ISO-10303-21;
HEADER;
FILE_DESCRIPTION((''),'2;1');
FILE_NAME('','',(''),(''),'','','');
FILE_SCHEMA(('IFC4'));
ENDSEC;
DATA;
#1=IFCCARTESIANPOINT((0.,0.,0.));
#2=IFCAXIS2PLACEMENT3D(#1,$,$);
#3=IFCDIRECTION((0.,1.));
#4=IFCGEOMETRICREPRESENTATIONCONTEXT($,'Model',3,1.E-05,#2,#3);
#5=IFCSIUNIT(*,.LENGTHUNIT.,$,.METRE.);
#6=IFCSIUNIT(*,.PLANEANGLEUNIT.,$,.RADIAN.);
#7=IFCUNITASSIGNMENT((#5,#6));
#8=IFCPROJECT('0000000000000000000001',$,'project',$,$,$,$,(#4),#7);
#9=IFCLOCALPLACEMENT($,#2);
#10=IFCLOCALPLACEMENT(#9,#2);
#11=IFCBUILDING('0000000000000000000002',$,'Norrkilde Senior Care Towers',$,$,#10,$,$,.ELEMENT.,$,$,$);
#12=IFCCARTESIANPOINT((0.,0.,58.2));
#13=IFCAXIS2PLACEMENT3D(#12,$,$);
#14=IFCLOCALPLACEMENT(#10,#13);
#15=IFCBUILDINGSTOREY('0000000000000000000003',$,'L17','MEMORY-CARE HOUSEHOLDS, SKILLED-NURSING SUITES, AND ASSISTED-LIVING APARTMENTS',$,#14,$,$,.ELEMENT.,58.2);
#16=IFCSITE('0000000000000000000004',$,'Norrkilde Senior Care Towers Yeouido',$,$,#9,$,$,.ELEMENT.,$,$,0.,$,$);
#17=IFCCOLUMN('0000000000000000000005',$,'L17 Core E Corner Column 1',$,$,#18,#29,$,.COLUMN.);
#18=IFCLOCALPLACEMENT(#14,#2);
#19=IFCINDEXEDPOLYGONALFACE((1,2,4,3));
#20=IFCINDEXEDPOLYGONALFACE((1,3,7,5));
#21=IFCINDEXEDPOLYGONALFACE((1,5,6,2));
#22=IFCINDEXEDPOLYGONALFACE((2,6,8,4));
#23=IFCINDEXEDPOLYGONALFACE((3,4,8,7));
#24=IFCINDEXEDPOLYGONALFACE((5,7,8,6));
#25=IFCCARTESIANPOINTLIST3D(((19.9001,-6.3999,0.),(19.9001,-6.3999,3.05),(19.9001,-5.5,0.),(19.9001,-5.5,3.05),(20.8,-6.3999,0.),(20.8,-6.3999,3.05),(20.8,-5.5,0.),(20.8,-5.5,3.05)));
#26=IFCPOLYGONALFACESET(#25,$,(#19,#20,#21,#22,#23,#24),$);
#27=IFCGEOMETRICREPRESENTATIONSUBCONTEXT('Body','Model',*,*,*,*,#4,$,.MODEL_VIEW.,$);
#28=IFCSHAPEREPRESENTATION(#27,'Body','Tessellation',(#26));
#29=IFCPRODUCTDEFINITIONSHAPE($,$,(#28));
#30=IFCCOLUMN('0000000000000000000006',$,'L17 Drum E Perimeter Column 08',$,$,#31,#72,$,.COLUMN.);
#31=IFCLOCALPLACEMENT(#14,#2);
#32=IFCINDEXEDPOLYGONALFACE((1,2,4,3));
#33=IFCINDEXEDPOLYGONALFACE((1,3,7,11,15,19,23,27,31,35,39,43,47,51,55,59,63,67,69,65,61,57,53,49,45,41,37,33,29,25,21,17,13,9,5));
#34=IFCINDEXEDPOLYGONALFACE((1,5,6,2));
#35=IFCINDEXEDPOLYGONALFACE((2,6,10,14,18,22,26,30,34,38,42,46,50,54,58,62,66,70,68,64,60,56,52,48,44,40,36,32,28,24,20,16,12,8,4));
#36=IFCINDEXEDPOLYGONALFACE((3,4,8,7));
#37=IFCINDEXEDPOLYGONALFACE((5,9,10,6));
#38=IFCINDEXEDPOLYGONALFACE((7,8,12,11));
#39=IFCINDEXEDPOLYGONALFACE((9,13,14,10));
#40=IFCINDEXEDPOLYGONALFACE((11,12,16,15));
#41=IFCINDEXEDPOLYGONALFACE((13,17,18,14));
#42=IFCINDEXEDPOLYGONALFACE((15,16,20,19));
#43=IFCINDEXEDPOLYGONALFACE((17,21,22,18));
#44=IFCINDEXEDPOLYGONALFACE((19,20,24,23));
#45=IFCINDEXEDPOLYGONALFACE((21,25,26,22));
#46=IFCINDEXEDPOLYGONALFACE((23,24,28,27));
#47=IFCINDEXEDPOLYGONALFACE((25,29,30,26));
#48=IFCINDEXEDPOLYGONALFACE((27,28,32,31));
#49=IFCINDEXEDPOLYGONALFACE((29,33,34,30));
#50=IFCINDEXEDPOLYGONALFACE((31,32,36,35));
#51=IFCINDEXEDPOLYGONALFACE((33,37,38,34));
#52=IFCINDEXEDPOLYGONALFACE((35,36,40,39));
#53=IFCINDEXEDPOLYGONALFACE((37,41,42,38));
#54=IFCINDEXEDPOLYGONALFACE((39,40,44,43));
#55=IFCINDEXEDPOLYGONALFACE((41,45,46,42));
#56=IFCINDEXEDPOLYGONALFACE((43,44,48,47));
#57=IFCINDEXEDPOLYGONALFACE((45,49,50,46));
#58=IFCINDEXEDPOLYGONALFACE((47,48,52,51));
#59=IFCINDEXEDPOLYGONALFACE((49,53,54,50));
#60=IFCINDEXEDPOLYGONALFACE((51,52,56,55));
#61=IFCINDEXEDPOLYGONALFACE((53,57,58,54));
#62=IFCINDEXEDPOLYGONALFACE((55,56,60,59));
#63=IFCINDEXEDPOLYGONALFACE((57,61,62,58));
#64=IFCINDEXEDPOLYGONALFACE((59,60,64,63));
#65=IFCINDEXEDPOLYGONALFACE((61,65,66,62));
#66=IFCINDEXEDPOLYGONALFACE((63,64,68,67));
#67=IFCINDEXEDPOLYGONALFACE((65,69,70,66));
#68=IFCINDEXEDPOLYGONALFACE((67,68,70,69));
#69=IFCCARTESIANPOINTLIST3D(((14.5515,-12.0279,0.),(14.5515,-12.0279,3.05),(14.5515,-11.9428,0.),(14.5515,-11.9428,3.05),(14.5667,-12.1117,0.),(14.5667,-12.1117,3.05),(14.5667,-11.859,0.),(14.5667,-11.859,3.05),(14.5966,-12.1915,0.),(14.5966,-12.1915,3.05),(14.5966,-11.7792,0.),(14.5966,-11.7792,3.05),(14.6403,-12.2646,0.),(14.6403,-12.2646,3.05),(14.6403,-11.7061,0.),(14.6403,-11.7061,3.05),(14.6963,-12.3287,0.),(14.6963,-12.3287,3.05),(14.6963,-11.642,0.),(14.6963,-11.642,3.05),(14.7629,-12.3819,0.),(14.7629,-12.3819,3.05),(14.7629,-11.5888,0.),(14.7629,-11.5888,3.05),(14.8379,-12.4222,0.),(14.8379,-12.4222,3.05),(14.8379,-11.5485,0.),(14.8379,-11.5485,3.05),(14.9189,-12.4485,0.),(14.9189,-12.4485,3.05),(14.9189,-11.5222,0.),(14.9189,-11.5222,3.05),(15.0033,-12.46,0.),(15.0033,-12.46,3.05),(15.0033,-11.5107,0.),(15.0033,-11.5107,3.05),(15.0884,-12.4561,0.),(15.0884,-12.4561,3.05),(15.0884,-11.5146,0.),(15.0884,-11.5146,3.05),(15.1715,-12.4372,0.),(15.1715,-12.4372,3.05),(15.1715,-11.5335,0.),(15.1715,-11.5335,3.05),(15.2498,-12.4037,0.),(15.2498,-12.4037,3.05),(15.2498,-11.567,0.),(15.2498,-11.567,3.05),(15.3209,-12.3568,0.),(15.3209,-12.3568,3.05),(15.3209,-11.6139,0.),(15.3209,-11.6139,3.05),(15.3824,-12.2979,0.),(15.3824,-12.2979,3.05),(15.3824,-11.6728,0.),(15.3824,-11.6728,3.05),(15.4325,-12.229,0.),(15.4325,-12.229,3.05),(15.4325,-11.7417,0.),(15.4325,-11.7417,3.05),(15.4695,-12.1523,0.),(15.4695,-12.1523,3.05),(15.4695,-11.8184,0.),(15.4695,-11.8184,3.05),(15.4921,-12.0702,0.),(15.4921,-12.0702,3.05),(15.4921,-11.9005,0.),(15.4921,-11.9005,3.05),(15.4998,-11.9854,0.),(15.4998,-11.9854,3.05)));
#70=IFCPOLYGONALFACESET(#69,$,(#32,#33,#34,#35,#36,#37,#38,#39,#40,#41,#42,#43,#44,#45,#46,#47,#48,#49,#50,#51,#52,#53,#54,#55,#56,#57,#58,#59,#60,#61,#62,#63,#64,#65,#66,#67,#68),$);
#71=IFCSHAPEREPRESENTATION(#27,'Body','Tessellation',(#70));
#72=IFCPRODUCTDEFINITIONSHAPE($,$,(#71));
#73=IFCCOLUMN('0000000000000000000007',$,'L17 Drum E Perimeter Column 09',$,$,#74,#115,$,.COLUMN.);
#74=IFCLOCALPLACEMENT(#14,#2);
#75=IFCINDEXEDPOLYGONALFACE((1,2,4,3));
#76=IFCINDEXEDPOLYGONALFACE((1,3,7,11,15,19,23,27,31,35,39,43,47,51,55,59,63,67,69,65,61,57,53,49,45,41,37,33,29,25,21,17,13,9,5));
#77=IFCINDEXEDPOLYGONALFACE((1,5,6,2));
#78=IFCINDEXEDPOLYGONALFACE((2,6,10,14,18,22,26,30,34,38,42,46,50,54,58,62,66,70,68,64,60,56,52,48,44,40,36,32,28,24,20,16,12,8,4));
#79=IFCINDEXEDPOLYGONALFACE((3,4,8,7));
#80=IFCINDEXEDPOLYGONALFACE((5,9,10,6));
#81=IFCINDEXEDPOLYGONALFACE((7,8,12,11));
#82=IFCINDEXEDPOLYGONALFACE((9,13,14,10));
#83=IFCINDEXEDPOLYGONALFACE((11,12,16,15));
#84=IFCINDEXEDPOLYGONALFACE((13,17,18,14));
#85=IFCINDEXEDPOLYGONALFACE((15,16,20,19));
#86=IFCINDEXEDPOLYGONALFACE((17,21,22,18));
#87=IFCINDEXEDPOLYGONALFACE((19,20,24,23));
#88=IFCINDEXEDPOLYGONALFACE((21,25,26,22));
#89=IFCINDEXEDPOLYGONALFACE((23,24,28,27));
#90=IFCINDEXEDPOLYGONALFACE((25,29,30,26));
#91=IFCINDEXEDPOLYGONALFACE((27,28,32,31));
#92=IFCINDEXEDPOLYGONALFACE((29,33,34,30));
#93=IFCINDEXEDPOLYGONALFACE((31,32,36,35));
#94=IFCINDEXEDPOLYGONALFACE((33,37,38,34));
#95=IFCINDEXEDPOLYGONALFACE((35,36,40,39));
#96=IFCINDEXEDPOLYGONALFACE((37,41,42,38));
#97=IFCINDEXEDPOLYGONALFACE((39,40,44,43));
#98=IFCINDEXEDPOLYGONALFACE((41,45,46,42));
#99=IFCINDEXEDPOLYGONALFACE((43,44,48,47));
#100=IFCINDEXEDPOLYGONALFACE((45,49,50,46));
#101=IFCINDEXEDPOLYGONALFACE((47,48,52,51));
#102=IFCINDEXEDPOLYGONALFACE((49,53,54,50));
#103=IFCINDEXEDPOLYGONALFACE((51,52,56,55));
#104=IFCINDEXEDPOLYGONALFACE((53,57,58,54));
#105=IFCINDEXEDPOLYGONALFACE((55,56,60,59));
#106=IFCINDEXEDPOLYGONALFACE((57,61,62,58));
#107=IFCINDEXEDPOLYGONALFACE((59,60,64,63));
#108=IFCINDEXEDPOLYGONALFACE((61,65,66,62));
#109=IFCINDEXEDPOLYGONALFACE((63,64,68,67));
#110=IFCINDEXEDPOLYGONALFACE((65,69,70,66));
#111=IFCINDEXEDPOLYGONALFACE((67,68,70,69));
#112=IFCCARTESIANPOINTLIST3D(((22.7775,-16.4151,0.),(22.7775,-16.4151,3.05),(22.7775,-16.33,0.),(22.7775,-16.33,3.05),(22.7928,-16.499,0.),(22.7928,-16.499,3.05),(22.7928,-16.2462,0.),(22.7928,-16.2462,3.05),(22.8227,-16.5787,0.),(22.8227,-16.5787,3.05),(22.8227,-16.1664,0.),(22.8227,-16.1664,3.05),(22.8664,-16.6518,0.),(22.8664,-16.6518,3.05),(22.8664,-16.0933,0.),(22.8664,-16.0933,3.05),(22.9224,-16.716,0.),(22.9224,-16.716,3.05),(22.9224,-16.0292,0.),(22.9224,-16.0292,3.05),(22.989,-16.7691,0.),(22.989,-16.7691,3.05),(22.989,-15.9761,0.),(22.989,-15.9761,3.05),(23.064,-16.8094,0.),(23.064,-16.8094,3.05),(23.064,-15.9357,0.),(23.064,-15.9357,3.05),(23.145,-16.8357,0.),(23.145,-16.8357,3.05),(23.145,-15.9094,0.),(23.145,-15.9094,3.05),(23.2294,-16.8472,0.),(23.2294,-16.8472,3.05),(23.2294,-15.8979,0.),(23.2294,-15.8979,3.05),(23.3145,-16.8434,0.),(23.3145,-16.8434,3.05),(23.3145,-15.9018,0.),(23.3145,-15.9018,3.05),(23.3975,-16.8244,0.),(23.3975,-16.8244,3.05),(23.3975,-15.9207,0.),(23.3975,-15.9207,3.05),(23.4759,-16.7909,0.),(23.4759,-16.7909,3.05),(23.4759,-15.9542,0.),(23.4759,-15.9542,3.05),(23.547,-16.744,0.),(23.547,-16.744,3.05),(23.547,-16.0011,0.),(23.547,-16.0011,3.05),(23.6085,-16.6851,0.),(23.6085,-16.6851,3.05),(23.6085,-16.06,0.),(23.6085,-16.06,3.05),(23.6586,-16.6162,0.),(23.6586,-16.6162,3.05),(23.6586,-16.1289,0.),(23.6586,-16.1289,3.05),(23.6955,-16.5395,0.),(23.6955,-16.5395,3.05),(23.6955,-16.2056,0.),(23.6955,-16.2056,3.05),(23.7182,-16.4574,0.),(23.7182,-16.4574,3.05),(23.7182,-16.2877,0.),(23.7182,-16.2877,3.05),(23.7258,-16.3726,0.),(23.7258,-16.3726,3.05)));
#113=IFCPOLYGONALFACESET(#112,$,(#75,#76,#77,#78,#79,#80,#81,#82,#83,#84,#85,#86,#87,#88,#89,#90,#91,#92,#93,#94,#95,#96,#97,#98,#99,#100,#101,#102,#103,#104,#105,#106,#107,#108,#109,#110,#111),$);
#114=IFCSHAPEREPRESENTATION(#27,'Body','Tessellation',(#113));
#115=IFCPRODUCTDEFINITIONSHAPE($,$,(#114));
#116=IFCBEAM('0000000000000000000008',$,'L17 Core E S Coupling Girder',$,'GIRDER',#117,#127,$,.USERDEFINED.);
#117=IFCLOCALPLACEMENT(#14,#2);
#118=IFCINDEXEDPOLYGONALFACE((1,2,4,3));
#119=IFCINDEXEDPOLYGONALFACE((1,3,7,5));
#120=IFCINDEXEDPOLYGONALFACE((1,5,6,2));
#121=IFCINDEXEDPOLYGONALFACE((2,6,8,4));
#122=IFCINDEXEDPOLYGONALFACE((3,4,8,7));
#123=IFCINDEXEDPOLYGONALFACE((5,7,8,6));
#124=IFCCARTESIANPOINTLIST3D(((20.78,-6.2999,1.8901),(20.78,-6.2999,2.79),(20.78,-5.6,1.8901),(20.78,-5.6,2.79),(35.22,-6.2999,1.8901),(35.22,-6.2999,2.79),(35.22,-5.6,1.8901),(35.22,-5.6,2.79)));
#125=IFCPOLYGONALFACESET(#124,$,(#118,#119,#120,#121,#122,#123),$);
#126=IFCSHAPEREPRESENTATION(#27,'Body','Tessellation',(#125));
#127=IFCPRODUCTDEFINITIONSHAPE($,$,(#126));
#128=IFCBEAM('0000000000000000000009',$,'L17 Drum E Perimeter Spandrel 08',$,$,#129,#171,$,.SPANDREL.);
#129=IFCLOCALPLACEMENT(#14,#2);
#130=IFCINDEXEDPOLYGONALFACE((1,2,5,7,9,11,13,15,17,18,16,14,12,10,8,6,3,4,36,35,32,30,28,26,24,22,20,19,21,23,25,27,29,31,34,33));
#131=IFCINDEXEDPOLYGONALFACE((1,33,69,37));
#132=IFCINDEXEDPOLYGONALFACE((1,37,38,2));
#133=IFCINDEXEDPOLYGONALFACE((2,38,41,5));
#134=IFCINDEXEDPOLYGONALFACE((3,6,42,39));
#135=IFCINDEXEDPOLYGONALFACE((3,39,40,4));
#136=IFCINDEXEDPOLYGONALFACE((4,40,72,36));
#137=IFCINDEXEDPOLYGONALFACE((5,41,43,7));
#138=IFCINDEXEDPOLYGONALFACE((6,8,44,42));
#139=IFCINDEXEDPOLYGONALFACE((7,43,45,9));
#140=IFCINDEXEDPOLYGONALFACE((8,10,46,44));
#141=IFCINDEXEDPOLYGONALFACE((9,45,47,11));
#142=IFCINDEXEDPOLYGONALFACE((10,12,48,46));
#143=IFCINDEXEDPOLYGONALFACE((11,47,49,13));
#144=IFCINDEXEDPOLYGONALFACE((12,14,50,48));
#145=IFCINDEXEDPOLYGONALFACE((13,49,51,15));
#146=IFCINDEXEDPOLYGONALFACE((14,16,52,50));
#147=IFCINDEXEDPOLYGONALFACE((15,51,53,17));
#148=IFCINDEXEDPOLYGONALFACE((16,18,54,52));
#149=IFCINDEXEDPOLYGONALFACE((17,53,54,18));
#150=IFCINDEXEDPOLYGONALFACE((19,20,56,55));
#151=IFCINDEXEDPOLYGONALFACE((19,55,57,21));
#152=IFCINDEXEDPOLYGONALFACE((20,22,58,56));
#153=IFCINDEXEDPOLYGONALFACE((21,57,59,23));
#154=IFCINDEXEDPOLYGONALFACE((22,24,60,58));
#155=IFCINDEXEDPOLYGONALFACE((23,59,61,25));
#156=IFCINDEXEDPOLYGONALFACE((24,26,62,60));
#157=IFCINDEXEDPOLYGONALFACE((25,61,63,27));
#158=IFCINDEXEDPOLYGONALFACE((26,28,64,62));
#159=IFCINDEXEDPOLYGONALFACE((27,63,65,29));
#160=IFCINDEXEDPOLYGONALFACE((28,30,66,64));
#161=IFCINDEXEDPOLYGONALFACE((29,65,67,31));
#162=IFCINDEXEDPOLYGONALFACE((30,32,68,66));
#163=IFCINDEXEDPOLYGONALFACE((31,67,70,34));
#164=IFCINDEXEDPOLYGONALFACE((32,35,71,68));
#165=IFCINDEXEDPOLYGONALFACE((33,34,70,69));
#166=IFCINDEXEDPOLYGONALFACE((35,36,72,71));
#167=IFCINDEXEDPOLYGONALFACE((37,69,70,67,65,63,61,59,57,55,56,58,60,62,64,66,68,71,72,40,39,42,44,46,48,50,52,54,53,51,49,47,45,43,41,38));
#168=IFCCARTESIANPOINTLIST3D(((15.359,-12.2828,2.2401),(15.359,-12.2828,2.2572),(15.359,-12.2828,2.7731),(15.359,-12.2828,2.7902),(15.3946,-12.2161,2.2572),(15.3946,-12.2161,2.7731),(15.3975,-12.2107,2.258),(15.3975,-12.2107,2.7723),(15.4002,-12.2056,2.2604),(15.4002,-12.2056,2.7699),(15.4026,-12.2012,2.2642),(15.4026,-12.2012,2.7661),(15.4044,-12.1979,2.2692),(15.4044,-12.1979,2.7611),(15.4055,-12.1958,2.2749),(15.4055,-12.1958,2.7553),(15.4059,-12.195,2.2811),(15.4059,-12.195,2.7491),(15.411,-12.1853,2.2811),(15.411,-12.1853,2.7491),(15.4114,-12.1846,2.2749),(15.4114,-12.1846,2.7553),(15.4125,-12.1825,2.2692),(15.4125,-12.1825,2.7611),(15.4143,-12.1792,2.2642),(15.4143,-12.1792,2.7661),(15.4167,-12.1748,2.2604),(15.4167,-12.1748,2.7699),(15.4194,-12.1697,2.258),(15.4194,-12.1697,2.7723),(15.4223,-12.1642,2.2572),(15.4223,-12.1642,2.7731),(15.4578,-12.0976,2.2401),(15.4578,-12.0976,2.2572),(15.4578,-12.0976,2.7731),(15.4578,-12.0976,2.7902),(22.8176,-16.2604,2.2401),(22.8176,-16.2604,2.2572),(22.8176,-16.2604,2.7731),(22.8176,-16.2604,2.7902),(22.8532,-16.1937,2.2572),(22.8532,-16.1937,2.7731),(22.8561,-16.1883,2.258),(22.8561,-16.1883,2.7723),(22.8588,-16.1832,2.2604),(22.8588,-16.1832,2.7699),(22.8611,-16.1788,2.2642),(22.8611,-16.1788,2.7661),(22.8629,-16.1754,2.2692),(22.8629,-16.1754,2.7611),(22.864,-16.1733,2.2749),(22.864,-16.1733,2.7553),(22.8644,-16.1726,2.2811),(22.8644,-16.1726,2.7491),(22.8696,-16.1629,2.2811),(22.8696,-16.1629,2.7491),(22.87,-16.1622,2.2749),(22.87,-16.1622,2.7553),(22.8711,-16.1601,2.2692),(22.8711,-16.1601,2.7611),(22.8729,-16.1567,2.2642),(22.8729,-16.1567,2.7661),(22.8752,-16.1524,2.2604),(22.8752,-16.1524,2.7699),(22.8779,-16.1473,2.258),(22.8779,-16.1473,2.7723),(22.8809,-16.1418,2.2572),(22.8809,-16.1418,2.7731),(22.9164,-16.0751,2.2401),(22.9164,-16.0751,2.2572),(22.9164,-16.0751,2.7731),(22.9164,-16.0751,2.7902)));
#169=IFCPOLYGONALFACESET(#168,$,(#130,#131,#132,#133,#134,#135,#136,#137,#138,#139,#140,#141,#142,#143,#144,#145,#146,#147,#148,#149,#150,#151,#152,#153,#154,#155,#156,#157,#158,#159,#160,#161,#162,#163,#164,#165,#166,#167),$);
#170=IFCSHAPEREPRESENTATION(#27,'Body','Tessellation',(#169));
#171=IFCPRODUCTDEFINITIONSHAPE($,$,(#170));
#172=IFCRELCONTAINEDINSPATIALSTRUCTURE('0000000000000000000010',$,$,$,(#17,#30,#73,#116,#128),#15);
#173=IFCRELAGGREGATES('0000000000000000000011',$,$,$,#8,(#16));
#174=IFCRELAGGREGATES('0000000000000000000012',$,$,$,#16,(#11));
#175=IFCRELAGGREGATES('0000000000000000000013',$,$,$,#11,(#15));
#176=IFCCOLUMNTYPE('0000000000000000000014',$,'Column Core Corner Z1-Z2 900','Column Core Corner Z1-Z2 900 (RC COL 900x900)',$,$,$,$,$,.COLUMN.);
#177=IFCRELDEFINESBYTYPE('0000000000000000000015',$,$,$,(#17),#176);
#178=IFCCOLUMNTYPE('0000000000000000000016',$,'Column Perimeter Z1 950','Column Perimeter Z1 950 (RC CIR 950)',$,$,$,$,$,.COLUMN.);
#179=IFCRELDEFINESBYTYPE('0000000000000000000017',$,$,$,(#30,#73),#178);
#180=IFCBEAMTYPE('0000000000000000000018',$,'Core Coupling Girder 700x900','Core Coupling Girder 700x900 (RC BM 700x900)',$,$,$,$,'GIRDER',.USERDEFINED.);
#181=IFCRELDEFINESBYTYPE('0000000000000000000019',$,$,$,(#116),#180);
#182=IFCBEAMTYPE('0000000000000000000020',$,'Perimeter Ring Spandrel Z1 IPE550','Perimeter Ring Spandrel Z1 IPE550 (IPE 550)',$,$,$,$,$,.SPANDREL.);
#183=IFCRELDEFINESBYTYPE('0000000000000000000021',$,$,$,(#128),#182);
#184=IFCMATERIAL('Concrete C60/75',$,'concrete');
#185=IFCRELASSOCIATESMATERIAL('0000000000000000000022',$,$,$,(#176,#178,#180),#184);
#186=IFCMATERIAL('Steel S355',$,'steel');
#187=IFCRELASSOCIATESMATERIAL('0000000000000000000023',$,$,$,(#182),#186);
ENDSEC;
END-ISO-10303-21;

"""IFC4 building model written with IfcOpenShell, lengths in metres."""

from ifc_helpers import new_model, si_unit, direction, frame, origin, origin_2d, place, context, subcontext, project, spatial, rectangle, circle, i_section, extrude, source, transform, mapped, material, material_profile, profile_set, type_object, type_shapes, element, save


model = new_model("IFC4")

# Units and contexts
model_context = context("Model", 3, precision=1e-05, world=origin(), true_north=direction((0.0, 1.0)))
body_context = subcontext(model_context, "Body", "Model", "MODEL_VIEW")
ifc_project = project(units=[si_unit("LENGTHUNIT", "METRE"), si_unit("PLANEANGLEUNIT", "RADIAN")], contexts=[model_context])

# Site, building, storey
site_placement = place(None, origin())
site = spatial("IfcSite", under=ifc_project, at=site_placement, Name="Norrkilde Senior Care Towers Yeouido", CompositionType="ELEMENT", RefElevation=0.0)
building_placement = place(site_placement, origin())
building = spatial("IfcBuilding", under=site, at=building_placement, Name="Norrkilde Senior Care Towers", CompositionType="ELEMENT")
storey_placement = place(building_placement, frame((0.0, 0.0, 58.2)))
storey = spatial("IfcBuildingStorey", under=building, at=storey_placement, Name="L17", Description="MEMORY-CARE HOUSEHOLDS, SKILLED-NURSING SUITES, AND ASSISTED-LIVING APARTMENTS", CompositionType="ELEMENT", Elevation=58.2)

# Columns
ifc_material_1 = material(Name="Concrete C60/75", Category="concrete")
ifc_material_profile_1 = material_profile(ifc_material_1, rectangle(XDim=0.8999, YDim=0.8999, at=origin_2d()), Name="RC COL 900x900")
ifc_profile_set_1 = profile_set([ifc_material_profile_1], Name="Concrete C60/75")
column_type_1 = type_object("IfcColumnType", Name="Column Core Corner Z1-Z2 900", Description="Column Core Corner Z1-Z2 900 (RC COL 900x900)", PredefinedType="COLUMN", material=ifc_profile_set_1)
shared_shape_1 = source(origin(), body_context, "Body", "SweptSolid", [
    extrude(rectangle(XDim=0.8999, YDim=0.8999, at=origin_2d()), origin(), (0.0, 0.0, 1.0), 3.05),
])
type_shapes(column_type_1, [shared_shape_1])
column_placement = place(storey_placement, frame((20.3501, -5.95, 0.0), z_axis=(0.0, 0.0, 1.0), x_axis=(1.0, 0.0, 0.0)))
element("IfcColumn", 1, at=column_placement, inside=storey, type_object=column_type_1, Name="L17 Core E Corner Column 1", PredefinedType="COLUMN", context=body_context, shape_type="MappedRepresentation", body=[
    mapped(shared_shape_1, transform((0.0, 0.0, 0.0), x_axis=(1.0, 0.0, 0.0), y_axis=(0.0, 1.0, 0.0), z_axis=(0.0, 0.0, 1.0), scale=1.0)),
])
ifc_material_profile_2 = material_profile(ifc_material_1, circle(Radius=0.4751, at=origin_2d()), Name="RC CIR 950")
ifc_profile_set_2 = profile_set([ifc_material_profile_2], Name="Concrete C60/75")
column_type_2 = type_object("IfcColumnType", Name="Column Perimeter Z1 950", Description="Column Perimeter Z1 950 (RC CIR 950)", PredefinedType="COLUMN", material=ifc_profile_set_2)
shared_shape_2 = source(origin(), body_context, "Body", "SweptSolid", [
    extrude(circle(Radius=0.4751, at=origin_2d()), origin(), (0.0, 0.0, 1.0), 3.05),
])
type_shapes(column_type_2, [shared_shape_2])
for number, where, z_axis, x_axis, name in (
    (2, (15.0247, -11.9854, 0.0), (0.0, 0.0, 1.0), (1.0, 0.0, 0.0), "L17 Drum E Perimeter Column 08"),
    (3, (23.2507, -16.3726, 0.0), (0.0, 0.0, 1.0), (1.0, 0.0, 0.0), "L17 Drum E Perimeter Column 09"),
):
    element("IfcColumn", number, at=place(storey_placement, frame(where, z_axis=z_axis, x_axis=x_axis)), inside=storey, type_object=column_type_2, Name=name, PredefinedType="COLUMN", context=body_context, shape_type="MappedRepresentation", body=[
        mapped(shared_shape_2, transform((0.0, 0.0, 0.0), x_axis=(1.0, 0.0, 0.0), y_axis=(0.0, 1.0, 0.0), z_axis=(0.0, 0.0, 1.0), scale=1.0)),
    ])

# Beams
ifc_material_profile_3 = material_profile(ifc_material_1, rectangle(XDim=0.7, YDim=0.8999, at=origin_2d()), Name="RC BM 700x900")
ifc_profile_set_3 = profile_set([ifc_material_profile_3], Name="Concrete C60/75")
beam_type_1 = type_object("IfcBeamType", Name="Core Coupling Girder 700x900", Description="Core Coupling Girder 700x900 (RC BM 700x900)", ElementType="GIRDER", PredefinedType="USERDEFINED", material=ifc_profile_set_3)
shared_shape_3 = source(origin(), body_context, "Body", "SweptSolid", [
    extrude(rectangle(XDim=0.7, YDim=0.8999, at=origin_2d()), origin(), (0.0, 0.0, 1.0), 14.4399),
])
type_shapes(beam_type_1, [shared_shape_3])
beam_1_placement = place(storey_placement, frame((20.78, -5.95, 2.3401), z_axis=(1.0, 0.0, 0.0), x_axis=(0.0, 1.0, 0.0)))
element("IfcBeam", 4, at=beam_1_placement, inside=storey, type_object=beam_type_1, Name="L17 Core E S Coupling Girder", ObjectType="GIRDER", PredefinedType="USERDEFINED", context=body_context, shape_type="MappedRepresentation", body=[
    mapped(shared_shape_3, transform((0.0, 0.0, 0.0), x_axis=(1.0, 0.0, 0.0), y_axis=(0.0, 1.0, 0.0), z_axis=(0.0, 0.0, 1.0), scale=1.0)),
])
ifc_material_2 = material(Name="Steel S355", Category="steel")
ifc_material_profile_4 = material_profile(ifc_material_2, i_section(OverallWidth=0.21, OverallDepth=0.55, WebThickness=0.011, FlangeThickness=0.0171, FilletRadius=0.0239, at=origin_2d()), Name="IPE 550")
ifc_profile_set_4 = profile_set([ifc_material_profile_4], Name="Steel S355")
beam_type_2 = type_object("IfcBeamType", Name="Perimeter Ring Spandrel Z1 IPE550", Description="Perimeter Ring Spandrel Z1 IPE550 (IPE 550)", PredefinedType="SPANDREL", material=ifc_profile_set_4)
shared_shape_4 = source(origin(), body_context, "Body", "SweptSolid", [
    extrude(i_section(OverallWidth=0.21, OverallDepth=0.55, WebThickness=0.011, FlangeThickness=0.0171, FilletRadius=0.0239, at=origin_2d()), origin(), (0.0, 0.0, 1.0), 8.4529),
])
beam_2_placement = place(storey_placement, frame((15.4084, -12.1902, 2.5151), z_axis=(0.882369, -0.470558, 0.0), x_axis=(0.470558, 0.882369, 0.0)))
element("IfcBeam", 5, at=beam_2_placement, inside=storey, type_object=beam_type_2, Name="L17 Drum E Perimeter Spandrel 08", PredefinedType="SPANDREL", context=body_context, shape_type="MappedRepresentation", body=[
    mapped(shared_shape_4, transform((0.0, 0.0, 0.0), x_axis=(1.0, 0.0, 0.0), y_axis=(0.0, 1.0, 0.0), z_axis=(0.0, 0.0, 1.0), scale=1.0)),
])

save(model, "model.ifc")
